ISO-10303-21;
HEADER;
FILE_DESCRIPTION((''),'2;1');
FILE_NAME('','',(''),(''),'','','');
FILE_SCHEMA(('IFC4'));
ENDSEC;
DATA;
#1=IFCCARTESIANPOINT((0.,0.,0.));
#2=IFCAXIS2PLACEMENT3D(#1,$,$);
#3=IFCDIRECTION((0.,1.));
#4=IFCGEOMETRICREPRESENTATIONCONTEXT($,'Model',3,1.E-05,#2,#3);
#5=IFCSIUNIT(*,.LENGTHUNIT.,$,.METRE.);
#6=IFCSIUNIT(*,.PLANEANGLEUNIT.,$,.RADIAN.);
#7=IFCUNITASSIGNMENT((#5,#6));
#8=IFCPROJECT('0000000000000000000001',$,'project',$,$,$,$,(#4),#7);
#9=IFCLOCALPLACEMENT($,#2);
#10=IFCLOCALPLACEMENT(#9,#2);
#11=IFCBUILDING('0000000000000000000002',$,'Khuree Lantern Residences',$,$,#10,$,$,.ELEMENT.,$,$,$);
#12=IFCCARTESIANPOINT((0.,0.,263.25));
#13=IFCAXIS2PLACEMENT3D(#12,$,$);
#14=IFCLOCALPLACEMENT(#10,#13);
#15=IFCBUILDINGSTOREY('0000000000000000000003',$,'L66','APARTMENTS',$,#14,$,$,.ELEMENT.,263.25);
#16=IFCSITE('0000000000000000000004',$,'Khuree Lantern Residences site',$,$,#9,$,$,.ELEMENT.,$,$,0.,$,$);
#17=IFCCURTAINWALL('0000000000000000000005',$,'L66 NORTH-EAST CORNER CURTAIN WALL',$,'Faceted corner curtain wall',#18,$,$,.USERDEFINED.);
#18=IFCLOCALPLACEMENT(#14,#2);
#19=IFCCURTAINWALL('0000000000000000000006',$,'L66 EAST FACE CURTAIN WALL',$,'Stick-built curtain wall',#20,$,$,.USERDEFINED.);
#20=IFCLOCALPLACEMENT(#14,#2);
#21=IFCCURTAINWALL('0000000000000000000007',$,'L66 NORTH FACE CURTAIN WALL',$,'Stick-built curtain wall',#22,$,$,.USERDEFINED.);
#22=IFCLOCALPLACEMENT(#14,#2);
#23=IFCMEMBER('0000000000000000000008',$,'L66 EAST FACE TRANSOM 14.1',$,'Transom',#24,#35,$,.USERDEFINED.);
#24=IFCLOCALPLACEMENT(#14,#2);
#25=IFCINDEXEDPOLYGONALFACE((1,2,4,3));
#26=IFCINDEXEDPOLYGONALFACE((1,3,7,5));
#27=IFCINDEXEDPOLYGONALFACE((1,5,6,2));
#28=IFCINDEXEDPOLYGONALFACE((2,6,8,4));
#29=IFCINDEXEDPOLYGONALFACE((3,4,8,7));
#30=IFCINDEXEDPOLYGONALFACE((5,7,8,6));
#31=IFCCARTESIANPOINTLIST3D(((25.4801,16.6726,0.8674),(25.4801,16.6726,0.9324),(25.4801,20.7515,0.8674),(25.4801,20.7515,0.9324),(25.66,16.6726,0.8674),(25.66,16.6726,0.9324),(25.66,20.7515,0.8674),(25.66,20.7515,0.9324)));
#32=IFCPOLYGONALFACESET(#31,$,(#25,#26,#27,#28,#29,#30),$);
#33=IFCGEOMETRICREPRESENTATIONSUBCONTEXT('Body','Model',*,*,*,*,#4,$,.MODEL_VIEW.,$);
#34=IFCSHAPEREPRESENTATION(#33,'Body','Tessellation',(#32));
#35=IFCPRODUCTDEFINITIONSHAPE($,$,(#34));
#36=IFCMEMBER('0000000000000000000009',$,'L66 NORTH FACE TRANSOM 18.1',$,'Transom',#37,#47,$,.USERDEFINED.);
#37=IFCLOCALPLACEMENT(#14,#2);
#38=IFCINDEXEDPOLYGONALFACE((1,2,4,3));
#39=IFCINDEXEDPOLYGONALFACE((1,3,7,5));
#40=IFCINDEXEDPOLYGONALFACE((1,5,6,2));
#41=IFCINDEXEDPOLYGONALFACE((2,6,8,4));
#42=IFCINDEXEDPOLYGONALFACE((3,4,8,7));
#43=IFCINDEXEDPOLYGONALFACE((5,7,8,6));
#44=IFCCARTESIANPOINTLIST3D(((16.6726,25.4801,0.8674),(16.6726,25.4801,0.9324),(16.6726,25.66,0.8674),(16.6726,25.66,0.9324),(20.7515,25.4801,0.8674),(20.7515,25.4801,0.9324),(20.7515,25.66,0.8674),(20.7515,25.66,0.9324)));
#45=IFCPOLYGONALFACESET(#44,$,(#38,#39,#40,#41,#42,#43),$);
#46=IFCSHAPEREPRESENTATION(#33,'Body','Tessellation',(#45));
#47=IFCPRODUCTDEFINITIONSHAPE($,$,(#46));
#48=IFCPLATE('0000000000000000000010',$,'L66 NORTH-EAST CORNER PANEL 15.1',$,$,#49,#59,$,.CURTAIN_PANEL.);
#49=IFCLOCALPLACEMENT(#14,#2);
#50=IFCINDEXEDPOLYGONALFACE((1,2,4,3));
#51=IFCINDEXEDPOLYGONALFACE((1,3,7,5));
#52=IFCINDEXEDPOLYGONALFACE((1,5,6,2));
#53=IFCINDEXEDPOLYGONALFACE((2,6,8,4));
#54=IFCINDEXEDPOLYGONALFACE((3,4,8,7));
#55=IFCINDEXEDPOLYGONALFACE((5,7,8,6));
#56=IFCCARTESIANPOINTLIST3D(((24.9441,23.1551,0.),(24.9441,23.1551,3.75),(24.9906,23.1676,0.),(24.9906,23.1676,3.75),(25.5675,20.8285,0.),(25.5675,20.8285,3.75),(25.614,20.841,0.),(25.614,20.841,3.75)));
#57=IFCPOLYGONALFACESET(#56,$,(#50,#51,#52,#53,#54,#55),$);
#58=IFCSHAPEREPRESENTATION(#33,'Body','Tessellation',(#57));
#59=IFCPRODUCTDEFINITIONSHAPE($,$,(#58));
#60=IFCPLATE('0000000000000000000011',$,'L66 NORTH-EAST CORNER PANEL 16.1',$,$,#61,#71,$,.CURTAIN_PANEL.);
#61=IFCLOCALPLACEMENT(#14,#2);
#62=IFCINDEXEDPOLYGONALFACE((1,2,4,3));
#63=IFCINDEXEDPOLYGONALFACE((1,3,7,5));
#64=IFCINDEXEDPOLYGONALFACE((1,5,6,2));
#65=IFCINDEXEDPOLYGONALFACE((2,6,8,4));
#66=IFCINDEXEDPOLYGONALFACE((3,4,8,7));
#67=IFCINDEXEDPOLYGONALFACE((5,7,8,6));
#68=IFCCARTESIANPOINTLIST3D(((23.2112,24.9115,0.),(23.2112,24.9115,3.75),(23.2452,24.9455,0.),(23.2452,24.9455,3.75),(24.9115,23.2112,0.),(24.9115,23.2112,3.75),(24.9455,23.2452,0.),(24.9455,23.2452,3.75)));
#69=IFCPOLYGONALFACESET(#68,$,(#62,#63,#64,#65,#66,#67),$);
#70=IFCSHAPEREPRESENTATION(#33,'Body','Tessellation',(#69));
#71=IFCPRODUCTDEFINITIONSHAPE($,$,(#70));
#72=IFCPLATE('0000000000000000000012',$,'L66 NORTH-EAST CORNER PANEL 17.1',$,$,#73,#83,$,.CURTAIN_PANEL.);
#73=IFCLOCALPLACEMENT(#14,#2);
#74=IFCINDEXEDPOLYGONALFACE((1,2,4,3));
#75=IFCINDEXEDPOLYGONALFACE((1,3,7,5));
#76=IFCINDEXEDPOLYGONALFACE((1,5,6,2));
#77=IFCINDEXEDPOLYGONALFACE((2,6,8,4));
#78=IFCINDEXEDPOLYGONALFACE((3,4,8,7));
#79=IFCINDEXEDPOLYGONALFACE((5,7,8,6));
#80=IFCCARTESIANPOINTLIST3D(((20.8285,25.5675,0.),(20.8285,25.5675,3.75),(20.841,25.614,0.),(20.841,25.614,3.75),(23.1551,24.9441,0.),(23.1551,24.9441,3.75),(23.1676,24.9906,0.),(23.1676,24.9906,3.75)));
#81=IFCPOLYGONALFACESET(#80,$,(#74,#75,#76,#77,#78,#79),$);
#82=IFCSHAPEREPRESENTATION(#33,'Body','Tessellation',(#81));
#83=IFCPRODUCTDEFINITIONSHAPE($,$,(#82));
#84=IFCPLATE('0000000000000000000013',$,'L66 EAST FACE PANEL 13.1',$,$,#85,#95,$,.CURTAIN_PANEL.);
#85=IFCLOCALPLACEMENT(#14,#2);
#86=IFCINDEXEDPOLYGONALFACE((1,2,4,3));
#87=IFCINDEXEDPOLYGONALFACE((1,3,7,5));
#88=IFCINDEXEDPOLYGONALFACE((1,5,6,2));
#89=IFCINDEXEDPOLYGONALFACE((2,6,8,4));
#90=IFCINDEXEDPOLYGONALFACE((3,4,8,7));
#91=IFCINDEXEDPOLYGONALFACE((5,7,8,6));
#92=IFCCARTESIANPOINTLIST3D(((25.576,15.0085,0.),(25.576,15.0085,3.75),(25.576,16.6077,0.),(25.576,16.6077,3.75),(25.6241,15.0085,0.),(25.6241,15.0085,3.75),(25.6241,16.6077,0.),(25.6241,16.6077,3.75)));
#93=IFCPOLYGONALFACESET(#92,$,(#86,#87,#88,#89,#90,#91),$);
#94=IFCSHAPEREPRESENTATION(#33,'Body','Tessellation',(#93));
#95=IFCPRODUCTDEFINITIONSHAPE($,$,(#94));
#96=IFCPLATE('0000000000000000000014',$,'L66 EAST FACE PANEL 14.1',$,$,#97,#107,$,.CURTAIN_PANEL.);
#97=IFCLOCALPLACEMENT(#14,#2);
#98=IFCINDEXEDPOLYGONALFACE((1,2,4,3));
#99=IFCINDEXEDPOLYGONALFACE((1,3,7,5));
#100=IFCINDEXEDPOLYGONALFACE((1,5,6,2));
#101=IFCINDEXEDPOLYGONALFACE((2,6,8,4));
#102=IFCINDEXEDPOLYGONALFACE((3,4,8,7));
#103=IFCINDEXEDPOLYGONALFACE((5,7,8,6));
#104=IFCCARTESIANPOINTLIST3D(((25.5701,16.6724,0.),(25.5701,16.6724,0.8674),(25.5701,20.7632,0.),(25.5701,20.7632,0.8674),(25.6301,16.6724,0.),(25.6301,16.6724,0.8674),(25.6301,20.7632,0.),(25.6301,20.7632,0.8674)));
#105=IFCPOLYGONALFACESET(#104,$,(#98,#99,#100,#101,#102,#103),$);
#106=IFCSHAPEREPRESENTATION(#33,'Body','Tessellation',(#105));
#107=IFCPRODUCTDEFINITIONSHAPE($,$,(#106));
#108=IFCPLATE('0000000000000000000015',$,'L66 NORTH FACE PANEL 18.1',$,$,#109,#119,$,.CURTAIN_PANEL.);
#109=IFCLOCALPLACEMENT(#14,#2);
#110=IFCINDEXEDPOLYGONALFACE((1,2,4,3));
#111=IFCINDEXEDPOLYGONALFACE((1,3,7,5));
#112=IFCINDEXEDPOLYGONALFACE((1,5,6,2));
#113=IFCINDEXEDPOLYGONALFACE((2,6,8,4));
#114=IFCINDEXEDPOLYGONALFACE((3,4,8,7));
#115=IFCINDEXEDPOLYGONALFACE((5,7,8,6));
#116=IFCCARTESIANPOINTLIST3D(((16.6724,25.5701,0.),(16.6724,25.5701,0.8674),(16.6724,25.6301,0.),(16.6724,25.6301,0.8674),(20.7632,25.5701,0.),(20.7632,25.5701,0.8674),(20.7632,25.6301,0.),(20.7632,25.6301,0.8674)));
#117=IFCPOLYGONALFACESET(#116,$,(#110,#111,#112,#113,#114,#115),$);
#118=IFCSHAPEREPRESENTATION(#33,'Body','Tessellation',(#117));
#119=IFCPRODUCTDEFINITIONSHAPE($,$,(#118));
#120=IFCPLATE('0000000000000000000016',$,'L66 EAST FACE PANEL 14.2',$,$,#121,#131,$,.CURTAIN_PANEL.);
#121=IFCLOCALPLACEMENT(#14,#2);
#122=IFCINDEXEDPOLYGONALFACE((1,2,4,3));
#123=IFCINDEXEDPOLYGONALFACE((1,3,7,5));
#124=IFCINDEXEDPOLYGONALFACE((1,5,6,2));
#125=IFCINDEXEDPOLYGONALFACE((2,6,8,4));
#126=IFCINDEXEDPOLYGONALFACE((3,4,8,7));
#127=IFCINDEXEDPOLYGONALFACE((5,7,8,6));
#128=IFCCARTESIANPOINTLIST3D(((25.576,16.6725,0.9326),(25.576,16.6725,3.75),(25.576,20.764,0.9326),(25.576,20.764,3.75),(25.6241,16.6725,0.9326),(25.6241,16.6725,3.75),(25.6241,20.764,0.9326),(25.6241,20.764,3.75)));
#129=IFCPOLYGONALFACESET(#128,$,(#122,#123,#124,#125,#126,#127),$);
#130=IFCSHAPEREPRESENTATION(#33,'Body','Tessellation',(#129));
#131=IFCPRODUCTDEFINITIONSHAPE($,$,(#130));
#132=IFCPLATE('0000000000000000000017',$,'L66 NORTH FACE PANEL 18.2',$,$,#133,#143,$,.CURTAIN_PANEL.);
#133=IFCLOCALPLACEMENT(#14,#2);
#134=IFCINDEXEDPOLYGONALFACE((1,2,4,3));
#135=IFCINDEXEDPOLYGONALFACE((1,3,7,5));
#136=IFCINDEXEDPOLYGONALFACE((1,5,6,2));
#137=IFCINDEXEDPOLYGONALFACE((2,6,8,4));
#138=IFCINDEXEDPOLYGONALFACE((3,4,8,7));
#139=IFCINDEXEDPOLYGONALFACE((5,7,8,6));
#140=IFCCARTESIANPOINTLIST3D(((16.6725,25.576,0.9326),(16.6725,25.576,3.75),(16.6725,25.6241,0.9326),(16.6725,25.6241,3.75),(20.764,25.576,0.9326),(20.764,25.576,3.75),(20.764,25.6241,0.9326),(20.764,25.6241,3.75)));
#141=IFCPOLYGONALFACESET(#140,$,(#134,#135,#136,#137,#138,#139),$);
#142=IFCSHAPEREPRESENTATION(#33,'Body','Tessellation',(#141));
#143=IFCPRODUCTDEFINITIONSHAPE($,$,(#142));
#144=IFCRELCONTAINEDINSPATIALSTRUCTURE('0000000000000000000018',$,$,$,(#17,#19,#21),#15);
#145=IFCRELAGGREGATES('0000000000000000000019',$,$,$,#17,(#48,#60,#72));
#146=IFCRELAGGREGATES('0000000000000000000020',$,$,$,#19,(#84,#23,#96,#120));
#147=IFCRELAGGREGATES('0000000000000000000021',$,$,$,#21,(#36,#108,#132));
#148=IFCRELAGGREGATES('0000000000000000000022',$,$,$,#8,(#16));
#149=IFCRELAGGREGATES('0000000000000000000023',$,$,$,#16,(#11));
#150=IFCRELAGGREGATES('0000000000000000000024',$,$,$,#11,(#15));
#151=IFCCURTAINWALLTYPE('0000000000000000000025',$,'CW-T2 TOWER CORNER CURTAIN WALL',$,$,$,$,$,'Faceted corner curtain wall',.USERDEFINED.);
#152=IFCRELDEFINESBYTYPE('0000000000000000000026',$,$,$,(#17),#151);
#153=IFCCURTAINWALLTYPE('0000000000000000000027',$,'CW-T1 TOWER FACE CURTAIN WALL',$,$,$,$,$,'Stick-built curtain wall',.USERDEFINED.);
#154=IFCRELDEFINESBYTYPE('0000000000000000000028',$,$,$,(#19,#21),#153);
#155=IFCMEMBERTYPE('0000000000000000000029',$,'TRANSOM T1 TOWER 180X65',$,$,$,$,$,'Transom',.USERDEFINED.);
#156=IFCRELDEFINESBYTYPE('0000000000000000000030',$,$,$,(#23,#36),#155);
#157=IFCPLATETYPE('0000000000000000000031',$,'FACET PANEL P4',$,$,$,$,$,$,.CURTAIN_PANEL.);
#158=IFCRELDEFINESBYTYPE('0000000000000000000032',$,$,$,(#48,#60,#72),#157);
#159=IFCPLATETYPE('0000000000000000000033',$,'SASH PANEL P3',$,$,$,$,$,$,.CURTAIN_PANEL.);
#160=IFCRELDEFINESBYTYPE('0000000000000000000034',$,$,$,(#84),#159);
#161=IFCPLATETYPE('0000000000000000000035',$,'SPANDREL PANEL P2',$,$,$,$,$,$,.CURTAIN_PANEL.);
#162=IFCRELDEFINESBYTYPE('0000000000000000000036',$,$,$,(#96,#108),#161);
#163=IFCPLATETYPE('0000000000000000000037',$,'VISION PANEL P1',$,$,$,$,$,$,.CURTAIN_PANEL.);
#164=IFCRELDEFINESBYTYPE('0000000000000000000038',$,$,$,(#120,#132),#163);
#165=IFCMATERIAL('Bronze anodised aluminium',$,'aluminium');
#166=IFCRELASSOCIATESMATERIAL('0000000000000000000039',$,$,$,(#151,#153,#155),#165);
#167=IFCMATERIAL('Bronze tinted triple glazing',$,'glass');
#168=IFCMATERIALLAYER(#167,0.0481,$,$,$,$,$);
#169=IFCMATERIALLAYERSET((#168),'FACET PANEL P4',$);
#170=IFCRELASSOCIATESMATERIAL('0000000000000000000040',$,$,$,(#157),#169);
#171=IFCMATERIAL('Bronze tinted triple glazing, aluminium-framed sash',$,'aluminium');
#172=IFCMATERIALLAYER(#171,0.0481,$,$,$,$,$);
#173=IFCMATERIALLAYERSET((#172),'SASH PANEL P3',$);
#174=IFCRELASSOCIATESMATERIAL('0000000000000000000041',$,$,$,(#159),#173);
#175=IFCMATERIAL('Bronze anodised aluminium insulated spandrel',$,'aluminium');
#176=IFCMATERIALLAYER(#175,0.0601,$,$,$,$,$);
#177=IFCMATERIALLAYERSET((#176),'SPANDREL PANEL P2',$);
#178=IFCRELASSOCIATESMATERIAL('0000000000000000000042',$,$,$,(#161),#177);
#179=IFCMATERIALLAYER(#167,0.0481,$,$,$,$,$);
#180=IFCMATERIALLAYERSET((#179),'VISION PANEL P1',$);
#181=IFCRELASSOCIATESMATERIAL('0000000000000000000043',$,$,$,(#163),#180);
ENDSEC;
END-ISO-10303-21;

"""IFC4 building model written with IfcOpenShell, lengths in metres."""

from ifc_helpers import new_model, si_unit, direction, frame, origin, origin_2d, place, context, subcontext, project, spatial, rectangle, extrude, material, layer, layer_set, material_profile, profile_set, type_object, element, aggregate, save


model = new_model("IFC4")

# Units and contexts
model_context = context("Model", 3, precision=1e-05, world=origin(), true_north=direction((0.0, 1.0)))
body_context = subcontext(model_context, "Body", "Model", "MODEL_VIEW")
ifc_project = project(units=[si_unit("LENGTHUNIT", "METRE"), si_unit("PLANEANGLEUNIT", "RADIAN")], contexts=[model_context])

# Site, building, storey
site_placement = place(None, origin())
site = spatial("IfcSite", under=ifc_project, at=site_placement, Name="Khuree Lantern Residences site", CompositionType="ELEMENT", RefElevation=0.0)
building_placement = place(site_placement, origin())
building = spatial("IfcBuilding", under=site, at=building_placement, Name="Khuree Lantern Residences", CompositionType="ELEMENT")
storey_placement = place(building_placement, frame((0.0, 0.0, 263.25)))
storey = spatial("IfcBuildingStorey", under=building, at=storey_placement, Name="L66", Description="APARTMENTS", CompositionType="ELEMENT", Elevation=263.25)

# Curtain wall
ifc_material_1 = material(Name="Bronze anodised aluminium", Category="aluminium")
curtain_wall_type_1 = type_object("IfcCurtainWallType", Name="CW-T2 TOWER CORNER CURTAIN WALL", ElementType="Faceted corner curtain wall", PredefinedType="USERDEFINED", material=ifc_material_1)
curtain_wall_1_placement = place(storey_placement, origin())
curtain_wall_1 = element("IfcCurtainWall", 1, at=curtain_wall_1_placement, inside=storey, type_object=curtain_wall_type_1, Name="L66 NORTH-EAST CORNER CURTAIN WALL", ObjectType="Faceted corner curtain wall", PredefinedType="USERDEFINED")

# Curtain wall
curtain_wall_type_2 = type_object("IfcCurtainWallType", Name="CW-T1 TOWER FACE CURTAIN WALL", ElementType="Stick-built curtain wall", PredefinedType="USERDEFINED", material=ifc_material_1)
curtain_wall_2_placement = place(storey_placement, origin())
curtain_wall_2 = element("IfcCurtainWall", 2, at=curtain_wall_2_placement, inside=storey, type_object=curtain_wall_type_2, Name="L66 EAST FACE CURTAIN WALL", ObjectType="Stick-built curtain wall", PredefinedType="USERDEFINED")

# Curtain wall
curtain_wall_3_placement = place(storey_placement, origin())
curtain_wall_3 = element("IfcCurtainWall", 3, at=curtain_wall_3_placement, inside=storey, type_object=curtain_wall_type_2, Name="L66 NORTH FACE CURTAIN WALL", ObjectType="Stick-built curtain wall", PredefinedType="USERDEFINED")

# Members
ifc_material_profile_1 = material_profile(ifc_material_1, rectangle(XDim=0.1799, YDim=0.0649, at=origin_2d()), Name="T1 180X65")
ifc_profile_set_1 = profile_set([ifc_material_profile_1], Name="Bronze anodised aluminium")
member_type_1 = type_object("IfcMemberType", Name="TRANSOM T1 TOWER 180X65", ElementType="Transom", PredefinedType="USERDEFINED", material=ifc_profile_set_1)
member_1_placement = place(storey_placement, frame((25.5701, 16.6726, 0.8999), z_axis=(0.0, 1.0, 0.0), x_axis=(-1.0, 0.0, 0.0)))
member_1 = element("IfcMember", 4, at=member_1_placement, type_object=member_type_1, Name="L66 EAST FACE TRANSOM 14.1", ObjectType="Transom", PredefinedType="USERDEFINED", context=body_context, shape_type="SweptSolid", body=[
    extrude(rectangle(XDim=0.1799, YDim=0.0649, at=origin_2d()), origin(), (0.0, 0.0, 1.0), 4.0789),
])
member_2_placement = place(storey_placement, frame((20.7515, 25.5701, 0.8999), z_axis=(-1.0, 0.0, 0.0), x_axis=(0.0, -1.0, 0.0)))
member_2 = element("IfcMember", 5, at=member_2_placement, type_object=member_type_1, Name="L66 NORTH FACE TRANSOM 18.1", ObjectType="Transom", PredefinedType="USERDEFINED", context=body_context, shape_type="SweptSolid", body=[
    extrude(rectangle(XDim=0.1799, YDim=0.0649, at=origin_2d()), origin(), (0.0, 0.0, 1.0), 4.0789),
])

# Plates
ifc_material_2 = material(Name="Bronze tinted triple glazing", Category="glass")
ifc_layer_1 = layer(ifc_material_2, 0.0481)
ifc_layer_set_1 = layer_set([ifc_layer_1], Name="FACET PANEL P4")
plate_type_1 = type_object("IfcPlateType", Name="FACET PANEL P4", PredefinedType="CURTAIN_PANEL", material=ifc_layer_set_1)
plate_1_placement = place(storey_placement, frame((25.2791, 21.998, 0.0), z_axis=(0.0, 0.0, 1.0), x_axis=(-0.258819, 0.965926, 0.0)))
plate_1 = element("IfcPlate", 6, at=plate_1_placement, type_object=plate_type_1, Name="L66 NORTH-EAST CORNER PANEL 15.1", PredefinedType="CURTAIN_PANEL", context=body_context, shape_type="SweptSolid", body=[
    extrude(rectangle(XDim=2.4087, YDim=0.0481, at=origin_2d()), origin(), (0.0, 0.0, 1.0), 3.75),
])
plate_2_placement = place(storey_placement, frame((24.0784, 24.0784, 0.0), z_axis=(0.0, 0.0, 1.0), x_axis=(-0.707107, 0.707107, 0.0)))
plate_2 = element("IfcPlate", 7, at=plate_2_placement, type_object=plate_type_1, Name="L66 NORTH-EAST CORNER PANEL 16.1", PredefinedType="CURTAIN_PANEL", context=body_context, shape_type="SweptSolid", body=[
    extrude(rectangle(XDim=2.4045, YDim=0.0481, at=origin_2d()), origin(), (0.0, 0.0, 1.0), 3.75),
])
plate_3_placement = place(storey_placement, frame((21.998, 25.2791, 0.0), z_axis=(0.0, 0.0, 1.0), x_axis=(-0.965926, 0.258819, 0.0)))
plate_3 = element("IfcPlate", 8, at=plate_3_placement, type_object=plate_type_1, Name="L66 NORTH-EAST CORNER PANEL 17.1", PredefinedType="CURTAIN_PANEL", context=body_context, shape_type="SweptSolid", body=[
    extrude(rectangle(XDim=2.4087, YDim=0.0481, at=origin_2d()), origin(), (0.0, 0.0, 1.0), 3.75),
])
aggregate(curtain_wall_1, [plate_1, plate_2, plate_3])
ifc_material_3 = material(Name="Bronze tinted triple glazing, aluminium-framed sash", Category="aluminium")
ifc_layer_2 = layer(ifc_material_3, 0.0481)
ifc_layer_set_2 = layer_set([ifc_layer_2], Name="SASH PANEL P3")
plate_type_2 = type_object("IfcPlateType", Name="SASH PANEL P3", PredefinedType="CURTAIN_PANEL", material=ifc_layer_set_2)
plate_4_placement = place(storey_placement, frame((25.6001, 15.8081, 0.0), z_axis=(0.0, 0.0, 1.0), x_axis=(0.0, 1.0, 0.0)))
plate_4 = element("IfcPlate", 9, at=plate_4_placement, type_object=plate_type_2, Name="L66 EAST FACE PANEL 13.1", PredefinedType="CURTAIN_PANEL", context=body_context, shape_type="SweptSolid", body=[
    extrude(rectangle(XDim=1.5991, YDim=0.0481, at=origin_2d()), origin(), (0.0, 0.0, 1.0), 3.75),
])
ifc_material_4 = material(Name="Bronze anodised aluminium insulated spandrel", Category="aluminium")
ifc_layer_3 = layer(ifc_material_4, 0.0601)
ifc_layer_set_3 = layer_set([ifc_layer_3], Name="SPANDREL PANEL P2")
plate_type_3 = type_object("IfcPlateType", Name="SPANDREL PANEL P2", PredefinedType="CURTAIN_PANEL", material=ifc_layer_set_3)
plate_5_placement = place(storey_placement, frame((25.6001, 18.7178, 0.0), z_axis=(0.0, 0.0, 1.0), x_axis=(0.0, 1.0, 0.0)))
plate_5 = element("IfcPlate", 10, at=plate_5_placement, type_object=plate_type_3, Name="L66 EAST FACE PANEL 14.1", PredefinedType="CURTAIN_PANEL", context=body_context, shape_type="SweptSolid", body=[
    extrude(rectangle(XDim=4.0908, YDim=0.0601, at=origin_2d()), origin(), (0.0, 0.0, 1.0), 0.8674),
])
plate_6_placement = place(storey_placement, frame((18.7178, 25.6001, 0.0), z_axis=(0.0, 0.0, 1.0), x_axis=(-1.0, 0.0, 0.0)))
plate_6 = element("IfcPlate", 11, at=plate_6_placement, type_object=plate_type_3, Name="L66 NORTH FACE PANEL 18.1", PredefinedType="CURTAIN_PANEL", context=body_context, shape_type="SweptSolid", body=[
    extrude(rectangle(XDim=4.0908, YDim=0.0601, at=origin_2d()), origin(), (0.0, 0.0, 1.0), 0.8674),
])
ifc_layer_4 = layer(ifc_material_2, 0.0481)
ifc_layer_set_4 = layer_set([ifc_layer_4], Name="VISION PANEL P1")
plate_type_4 = type_object("IfcPlateType", Name="VISION PANEL P1", PredefinedType="CURTAIN_PANEL", material=ifc_layer_set_4)
plate_7_placement = place(storey_placement, frame((25.6001, 18.7183, 0.9326), z_axis=(0.0, 0.0, 1.0), x_axis=(0.0, 1.0, 0.0)))
plate_7 = element("IfcPlate", 12, at=plate_7_placement, type_object=plate_type_4, Name="L66 EAST FACE PANEL 14.2", PredefinedType="CURTAIN_PANEL", context=body_context, shape_type="SweptSolid", body=[
    extrude(rectangle(XDim=4.0916, YDim=0.0481, at=origin_2d()), origin(), (0.0, 0.0, 1.0), 2.8174),
])
aggregate(curtain_wall_2, [plate_4, member_1, plate_5, plate_7])
plate_8_placement = place(storey_placement, frame((18.7183, 25.6001, 0.9326), z_axis=(0.0, 0.0, 1.0), x_axis=(-1.0, 0.0, 0.0)))
plate_8 = element("IfcPlate", 13, at=plate_8_placement, type_object=plate_type_4, Name="L66 NORTH FACE PANEL 18.2", PredefinedType="CURTAIN_PANEL", context=body_context, shape_type="SweptSolid", body=[
    extrude(rectangle(XDim=4.0916, YDim=0.0481, at=origin_2d()), origin(), (0.0, 0.0, 1.0), 2.8174),
])
aggregate(curtain_wall_3, [member_2, plate_6, plate_8])

save(model, "model.ifc")
